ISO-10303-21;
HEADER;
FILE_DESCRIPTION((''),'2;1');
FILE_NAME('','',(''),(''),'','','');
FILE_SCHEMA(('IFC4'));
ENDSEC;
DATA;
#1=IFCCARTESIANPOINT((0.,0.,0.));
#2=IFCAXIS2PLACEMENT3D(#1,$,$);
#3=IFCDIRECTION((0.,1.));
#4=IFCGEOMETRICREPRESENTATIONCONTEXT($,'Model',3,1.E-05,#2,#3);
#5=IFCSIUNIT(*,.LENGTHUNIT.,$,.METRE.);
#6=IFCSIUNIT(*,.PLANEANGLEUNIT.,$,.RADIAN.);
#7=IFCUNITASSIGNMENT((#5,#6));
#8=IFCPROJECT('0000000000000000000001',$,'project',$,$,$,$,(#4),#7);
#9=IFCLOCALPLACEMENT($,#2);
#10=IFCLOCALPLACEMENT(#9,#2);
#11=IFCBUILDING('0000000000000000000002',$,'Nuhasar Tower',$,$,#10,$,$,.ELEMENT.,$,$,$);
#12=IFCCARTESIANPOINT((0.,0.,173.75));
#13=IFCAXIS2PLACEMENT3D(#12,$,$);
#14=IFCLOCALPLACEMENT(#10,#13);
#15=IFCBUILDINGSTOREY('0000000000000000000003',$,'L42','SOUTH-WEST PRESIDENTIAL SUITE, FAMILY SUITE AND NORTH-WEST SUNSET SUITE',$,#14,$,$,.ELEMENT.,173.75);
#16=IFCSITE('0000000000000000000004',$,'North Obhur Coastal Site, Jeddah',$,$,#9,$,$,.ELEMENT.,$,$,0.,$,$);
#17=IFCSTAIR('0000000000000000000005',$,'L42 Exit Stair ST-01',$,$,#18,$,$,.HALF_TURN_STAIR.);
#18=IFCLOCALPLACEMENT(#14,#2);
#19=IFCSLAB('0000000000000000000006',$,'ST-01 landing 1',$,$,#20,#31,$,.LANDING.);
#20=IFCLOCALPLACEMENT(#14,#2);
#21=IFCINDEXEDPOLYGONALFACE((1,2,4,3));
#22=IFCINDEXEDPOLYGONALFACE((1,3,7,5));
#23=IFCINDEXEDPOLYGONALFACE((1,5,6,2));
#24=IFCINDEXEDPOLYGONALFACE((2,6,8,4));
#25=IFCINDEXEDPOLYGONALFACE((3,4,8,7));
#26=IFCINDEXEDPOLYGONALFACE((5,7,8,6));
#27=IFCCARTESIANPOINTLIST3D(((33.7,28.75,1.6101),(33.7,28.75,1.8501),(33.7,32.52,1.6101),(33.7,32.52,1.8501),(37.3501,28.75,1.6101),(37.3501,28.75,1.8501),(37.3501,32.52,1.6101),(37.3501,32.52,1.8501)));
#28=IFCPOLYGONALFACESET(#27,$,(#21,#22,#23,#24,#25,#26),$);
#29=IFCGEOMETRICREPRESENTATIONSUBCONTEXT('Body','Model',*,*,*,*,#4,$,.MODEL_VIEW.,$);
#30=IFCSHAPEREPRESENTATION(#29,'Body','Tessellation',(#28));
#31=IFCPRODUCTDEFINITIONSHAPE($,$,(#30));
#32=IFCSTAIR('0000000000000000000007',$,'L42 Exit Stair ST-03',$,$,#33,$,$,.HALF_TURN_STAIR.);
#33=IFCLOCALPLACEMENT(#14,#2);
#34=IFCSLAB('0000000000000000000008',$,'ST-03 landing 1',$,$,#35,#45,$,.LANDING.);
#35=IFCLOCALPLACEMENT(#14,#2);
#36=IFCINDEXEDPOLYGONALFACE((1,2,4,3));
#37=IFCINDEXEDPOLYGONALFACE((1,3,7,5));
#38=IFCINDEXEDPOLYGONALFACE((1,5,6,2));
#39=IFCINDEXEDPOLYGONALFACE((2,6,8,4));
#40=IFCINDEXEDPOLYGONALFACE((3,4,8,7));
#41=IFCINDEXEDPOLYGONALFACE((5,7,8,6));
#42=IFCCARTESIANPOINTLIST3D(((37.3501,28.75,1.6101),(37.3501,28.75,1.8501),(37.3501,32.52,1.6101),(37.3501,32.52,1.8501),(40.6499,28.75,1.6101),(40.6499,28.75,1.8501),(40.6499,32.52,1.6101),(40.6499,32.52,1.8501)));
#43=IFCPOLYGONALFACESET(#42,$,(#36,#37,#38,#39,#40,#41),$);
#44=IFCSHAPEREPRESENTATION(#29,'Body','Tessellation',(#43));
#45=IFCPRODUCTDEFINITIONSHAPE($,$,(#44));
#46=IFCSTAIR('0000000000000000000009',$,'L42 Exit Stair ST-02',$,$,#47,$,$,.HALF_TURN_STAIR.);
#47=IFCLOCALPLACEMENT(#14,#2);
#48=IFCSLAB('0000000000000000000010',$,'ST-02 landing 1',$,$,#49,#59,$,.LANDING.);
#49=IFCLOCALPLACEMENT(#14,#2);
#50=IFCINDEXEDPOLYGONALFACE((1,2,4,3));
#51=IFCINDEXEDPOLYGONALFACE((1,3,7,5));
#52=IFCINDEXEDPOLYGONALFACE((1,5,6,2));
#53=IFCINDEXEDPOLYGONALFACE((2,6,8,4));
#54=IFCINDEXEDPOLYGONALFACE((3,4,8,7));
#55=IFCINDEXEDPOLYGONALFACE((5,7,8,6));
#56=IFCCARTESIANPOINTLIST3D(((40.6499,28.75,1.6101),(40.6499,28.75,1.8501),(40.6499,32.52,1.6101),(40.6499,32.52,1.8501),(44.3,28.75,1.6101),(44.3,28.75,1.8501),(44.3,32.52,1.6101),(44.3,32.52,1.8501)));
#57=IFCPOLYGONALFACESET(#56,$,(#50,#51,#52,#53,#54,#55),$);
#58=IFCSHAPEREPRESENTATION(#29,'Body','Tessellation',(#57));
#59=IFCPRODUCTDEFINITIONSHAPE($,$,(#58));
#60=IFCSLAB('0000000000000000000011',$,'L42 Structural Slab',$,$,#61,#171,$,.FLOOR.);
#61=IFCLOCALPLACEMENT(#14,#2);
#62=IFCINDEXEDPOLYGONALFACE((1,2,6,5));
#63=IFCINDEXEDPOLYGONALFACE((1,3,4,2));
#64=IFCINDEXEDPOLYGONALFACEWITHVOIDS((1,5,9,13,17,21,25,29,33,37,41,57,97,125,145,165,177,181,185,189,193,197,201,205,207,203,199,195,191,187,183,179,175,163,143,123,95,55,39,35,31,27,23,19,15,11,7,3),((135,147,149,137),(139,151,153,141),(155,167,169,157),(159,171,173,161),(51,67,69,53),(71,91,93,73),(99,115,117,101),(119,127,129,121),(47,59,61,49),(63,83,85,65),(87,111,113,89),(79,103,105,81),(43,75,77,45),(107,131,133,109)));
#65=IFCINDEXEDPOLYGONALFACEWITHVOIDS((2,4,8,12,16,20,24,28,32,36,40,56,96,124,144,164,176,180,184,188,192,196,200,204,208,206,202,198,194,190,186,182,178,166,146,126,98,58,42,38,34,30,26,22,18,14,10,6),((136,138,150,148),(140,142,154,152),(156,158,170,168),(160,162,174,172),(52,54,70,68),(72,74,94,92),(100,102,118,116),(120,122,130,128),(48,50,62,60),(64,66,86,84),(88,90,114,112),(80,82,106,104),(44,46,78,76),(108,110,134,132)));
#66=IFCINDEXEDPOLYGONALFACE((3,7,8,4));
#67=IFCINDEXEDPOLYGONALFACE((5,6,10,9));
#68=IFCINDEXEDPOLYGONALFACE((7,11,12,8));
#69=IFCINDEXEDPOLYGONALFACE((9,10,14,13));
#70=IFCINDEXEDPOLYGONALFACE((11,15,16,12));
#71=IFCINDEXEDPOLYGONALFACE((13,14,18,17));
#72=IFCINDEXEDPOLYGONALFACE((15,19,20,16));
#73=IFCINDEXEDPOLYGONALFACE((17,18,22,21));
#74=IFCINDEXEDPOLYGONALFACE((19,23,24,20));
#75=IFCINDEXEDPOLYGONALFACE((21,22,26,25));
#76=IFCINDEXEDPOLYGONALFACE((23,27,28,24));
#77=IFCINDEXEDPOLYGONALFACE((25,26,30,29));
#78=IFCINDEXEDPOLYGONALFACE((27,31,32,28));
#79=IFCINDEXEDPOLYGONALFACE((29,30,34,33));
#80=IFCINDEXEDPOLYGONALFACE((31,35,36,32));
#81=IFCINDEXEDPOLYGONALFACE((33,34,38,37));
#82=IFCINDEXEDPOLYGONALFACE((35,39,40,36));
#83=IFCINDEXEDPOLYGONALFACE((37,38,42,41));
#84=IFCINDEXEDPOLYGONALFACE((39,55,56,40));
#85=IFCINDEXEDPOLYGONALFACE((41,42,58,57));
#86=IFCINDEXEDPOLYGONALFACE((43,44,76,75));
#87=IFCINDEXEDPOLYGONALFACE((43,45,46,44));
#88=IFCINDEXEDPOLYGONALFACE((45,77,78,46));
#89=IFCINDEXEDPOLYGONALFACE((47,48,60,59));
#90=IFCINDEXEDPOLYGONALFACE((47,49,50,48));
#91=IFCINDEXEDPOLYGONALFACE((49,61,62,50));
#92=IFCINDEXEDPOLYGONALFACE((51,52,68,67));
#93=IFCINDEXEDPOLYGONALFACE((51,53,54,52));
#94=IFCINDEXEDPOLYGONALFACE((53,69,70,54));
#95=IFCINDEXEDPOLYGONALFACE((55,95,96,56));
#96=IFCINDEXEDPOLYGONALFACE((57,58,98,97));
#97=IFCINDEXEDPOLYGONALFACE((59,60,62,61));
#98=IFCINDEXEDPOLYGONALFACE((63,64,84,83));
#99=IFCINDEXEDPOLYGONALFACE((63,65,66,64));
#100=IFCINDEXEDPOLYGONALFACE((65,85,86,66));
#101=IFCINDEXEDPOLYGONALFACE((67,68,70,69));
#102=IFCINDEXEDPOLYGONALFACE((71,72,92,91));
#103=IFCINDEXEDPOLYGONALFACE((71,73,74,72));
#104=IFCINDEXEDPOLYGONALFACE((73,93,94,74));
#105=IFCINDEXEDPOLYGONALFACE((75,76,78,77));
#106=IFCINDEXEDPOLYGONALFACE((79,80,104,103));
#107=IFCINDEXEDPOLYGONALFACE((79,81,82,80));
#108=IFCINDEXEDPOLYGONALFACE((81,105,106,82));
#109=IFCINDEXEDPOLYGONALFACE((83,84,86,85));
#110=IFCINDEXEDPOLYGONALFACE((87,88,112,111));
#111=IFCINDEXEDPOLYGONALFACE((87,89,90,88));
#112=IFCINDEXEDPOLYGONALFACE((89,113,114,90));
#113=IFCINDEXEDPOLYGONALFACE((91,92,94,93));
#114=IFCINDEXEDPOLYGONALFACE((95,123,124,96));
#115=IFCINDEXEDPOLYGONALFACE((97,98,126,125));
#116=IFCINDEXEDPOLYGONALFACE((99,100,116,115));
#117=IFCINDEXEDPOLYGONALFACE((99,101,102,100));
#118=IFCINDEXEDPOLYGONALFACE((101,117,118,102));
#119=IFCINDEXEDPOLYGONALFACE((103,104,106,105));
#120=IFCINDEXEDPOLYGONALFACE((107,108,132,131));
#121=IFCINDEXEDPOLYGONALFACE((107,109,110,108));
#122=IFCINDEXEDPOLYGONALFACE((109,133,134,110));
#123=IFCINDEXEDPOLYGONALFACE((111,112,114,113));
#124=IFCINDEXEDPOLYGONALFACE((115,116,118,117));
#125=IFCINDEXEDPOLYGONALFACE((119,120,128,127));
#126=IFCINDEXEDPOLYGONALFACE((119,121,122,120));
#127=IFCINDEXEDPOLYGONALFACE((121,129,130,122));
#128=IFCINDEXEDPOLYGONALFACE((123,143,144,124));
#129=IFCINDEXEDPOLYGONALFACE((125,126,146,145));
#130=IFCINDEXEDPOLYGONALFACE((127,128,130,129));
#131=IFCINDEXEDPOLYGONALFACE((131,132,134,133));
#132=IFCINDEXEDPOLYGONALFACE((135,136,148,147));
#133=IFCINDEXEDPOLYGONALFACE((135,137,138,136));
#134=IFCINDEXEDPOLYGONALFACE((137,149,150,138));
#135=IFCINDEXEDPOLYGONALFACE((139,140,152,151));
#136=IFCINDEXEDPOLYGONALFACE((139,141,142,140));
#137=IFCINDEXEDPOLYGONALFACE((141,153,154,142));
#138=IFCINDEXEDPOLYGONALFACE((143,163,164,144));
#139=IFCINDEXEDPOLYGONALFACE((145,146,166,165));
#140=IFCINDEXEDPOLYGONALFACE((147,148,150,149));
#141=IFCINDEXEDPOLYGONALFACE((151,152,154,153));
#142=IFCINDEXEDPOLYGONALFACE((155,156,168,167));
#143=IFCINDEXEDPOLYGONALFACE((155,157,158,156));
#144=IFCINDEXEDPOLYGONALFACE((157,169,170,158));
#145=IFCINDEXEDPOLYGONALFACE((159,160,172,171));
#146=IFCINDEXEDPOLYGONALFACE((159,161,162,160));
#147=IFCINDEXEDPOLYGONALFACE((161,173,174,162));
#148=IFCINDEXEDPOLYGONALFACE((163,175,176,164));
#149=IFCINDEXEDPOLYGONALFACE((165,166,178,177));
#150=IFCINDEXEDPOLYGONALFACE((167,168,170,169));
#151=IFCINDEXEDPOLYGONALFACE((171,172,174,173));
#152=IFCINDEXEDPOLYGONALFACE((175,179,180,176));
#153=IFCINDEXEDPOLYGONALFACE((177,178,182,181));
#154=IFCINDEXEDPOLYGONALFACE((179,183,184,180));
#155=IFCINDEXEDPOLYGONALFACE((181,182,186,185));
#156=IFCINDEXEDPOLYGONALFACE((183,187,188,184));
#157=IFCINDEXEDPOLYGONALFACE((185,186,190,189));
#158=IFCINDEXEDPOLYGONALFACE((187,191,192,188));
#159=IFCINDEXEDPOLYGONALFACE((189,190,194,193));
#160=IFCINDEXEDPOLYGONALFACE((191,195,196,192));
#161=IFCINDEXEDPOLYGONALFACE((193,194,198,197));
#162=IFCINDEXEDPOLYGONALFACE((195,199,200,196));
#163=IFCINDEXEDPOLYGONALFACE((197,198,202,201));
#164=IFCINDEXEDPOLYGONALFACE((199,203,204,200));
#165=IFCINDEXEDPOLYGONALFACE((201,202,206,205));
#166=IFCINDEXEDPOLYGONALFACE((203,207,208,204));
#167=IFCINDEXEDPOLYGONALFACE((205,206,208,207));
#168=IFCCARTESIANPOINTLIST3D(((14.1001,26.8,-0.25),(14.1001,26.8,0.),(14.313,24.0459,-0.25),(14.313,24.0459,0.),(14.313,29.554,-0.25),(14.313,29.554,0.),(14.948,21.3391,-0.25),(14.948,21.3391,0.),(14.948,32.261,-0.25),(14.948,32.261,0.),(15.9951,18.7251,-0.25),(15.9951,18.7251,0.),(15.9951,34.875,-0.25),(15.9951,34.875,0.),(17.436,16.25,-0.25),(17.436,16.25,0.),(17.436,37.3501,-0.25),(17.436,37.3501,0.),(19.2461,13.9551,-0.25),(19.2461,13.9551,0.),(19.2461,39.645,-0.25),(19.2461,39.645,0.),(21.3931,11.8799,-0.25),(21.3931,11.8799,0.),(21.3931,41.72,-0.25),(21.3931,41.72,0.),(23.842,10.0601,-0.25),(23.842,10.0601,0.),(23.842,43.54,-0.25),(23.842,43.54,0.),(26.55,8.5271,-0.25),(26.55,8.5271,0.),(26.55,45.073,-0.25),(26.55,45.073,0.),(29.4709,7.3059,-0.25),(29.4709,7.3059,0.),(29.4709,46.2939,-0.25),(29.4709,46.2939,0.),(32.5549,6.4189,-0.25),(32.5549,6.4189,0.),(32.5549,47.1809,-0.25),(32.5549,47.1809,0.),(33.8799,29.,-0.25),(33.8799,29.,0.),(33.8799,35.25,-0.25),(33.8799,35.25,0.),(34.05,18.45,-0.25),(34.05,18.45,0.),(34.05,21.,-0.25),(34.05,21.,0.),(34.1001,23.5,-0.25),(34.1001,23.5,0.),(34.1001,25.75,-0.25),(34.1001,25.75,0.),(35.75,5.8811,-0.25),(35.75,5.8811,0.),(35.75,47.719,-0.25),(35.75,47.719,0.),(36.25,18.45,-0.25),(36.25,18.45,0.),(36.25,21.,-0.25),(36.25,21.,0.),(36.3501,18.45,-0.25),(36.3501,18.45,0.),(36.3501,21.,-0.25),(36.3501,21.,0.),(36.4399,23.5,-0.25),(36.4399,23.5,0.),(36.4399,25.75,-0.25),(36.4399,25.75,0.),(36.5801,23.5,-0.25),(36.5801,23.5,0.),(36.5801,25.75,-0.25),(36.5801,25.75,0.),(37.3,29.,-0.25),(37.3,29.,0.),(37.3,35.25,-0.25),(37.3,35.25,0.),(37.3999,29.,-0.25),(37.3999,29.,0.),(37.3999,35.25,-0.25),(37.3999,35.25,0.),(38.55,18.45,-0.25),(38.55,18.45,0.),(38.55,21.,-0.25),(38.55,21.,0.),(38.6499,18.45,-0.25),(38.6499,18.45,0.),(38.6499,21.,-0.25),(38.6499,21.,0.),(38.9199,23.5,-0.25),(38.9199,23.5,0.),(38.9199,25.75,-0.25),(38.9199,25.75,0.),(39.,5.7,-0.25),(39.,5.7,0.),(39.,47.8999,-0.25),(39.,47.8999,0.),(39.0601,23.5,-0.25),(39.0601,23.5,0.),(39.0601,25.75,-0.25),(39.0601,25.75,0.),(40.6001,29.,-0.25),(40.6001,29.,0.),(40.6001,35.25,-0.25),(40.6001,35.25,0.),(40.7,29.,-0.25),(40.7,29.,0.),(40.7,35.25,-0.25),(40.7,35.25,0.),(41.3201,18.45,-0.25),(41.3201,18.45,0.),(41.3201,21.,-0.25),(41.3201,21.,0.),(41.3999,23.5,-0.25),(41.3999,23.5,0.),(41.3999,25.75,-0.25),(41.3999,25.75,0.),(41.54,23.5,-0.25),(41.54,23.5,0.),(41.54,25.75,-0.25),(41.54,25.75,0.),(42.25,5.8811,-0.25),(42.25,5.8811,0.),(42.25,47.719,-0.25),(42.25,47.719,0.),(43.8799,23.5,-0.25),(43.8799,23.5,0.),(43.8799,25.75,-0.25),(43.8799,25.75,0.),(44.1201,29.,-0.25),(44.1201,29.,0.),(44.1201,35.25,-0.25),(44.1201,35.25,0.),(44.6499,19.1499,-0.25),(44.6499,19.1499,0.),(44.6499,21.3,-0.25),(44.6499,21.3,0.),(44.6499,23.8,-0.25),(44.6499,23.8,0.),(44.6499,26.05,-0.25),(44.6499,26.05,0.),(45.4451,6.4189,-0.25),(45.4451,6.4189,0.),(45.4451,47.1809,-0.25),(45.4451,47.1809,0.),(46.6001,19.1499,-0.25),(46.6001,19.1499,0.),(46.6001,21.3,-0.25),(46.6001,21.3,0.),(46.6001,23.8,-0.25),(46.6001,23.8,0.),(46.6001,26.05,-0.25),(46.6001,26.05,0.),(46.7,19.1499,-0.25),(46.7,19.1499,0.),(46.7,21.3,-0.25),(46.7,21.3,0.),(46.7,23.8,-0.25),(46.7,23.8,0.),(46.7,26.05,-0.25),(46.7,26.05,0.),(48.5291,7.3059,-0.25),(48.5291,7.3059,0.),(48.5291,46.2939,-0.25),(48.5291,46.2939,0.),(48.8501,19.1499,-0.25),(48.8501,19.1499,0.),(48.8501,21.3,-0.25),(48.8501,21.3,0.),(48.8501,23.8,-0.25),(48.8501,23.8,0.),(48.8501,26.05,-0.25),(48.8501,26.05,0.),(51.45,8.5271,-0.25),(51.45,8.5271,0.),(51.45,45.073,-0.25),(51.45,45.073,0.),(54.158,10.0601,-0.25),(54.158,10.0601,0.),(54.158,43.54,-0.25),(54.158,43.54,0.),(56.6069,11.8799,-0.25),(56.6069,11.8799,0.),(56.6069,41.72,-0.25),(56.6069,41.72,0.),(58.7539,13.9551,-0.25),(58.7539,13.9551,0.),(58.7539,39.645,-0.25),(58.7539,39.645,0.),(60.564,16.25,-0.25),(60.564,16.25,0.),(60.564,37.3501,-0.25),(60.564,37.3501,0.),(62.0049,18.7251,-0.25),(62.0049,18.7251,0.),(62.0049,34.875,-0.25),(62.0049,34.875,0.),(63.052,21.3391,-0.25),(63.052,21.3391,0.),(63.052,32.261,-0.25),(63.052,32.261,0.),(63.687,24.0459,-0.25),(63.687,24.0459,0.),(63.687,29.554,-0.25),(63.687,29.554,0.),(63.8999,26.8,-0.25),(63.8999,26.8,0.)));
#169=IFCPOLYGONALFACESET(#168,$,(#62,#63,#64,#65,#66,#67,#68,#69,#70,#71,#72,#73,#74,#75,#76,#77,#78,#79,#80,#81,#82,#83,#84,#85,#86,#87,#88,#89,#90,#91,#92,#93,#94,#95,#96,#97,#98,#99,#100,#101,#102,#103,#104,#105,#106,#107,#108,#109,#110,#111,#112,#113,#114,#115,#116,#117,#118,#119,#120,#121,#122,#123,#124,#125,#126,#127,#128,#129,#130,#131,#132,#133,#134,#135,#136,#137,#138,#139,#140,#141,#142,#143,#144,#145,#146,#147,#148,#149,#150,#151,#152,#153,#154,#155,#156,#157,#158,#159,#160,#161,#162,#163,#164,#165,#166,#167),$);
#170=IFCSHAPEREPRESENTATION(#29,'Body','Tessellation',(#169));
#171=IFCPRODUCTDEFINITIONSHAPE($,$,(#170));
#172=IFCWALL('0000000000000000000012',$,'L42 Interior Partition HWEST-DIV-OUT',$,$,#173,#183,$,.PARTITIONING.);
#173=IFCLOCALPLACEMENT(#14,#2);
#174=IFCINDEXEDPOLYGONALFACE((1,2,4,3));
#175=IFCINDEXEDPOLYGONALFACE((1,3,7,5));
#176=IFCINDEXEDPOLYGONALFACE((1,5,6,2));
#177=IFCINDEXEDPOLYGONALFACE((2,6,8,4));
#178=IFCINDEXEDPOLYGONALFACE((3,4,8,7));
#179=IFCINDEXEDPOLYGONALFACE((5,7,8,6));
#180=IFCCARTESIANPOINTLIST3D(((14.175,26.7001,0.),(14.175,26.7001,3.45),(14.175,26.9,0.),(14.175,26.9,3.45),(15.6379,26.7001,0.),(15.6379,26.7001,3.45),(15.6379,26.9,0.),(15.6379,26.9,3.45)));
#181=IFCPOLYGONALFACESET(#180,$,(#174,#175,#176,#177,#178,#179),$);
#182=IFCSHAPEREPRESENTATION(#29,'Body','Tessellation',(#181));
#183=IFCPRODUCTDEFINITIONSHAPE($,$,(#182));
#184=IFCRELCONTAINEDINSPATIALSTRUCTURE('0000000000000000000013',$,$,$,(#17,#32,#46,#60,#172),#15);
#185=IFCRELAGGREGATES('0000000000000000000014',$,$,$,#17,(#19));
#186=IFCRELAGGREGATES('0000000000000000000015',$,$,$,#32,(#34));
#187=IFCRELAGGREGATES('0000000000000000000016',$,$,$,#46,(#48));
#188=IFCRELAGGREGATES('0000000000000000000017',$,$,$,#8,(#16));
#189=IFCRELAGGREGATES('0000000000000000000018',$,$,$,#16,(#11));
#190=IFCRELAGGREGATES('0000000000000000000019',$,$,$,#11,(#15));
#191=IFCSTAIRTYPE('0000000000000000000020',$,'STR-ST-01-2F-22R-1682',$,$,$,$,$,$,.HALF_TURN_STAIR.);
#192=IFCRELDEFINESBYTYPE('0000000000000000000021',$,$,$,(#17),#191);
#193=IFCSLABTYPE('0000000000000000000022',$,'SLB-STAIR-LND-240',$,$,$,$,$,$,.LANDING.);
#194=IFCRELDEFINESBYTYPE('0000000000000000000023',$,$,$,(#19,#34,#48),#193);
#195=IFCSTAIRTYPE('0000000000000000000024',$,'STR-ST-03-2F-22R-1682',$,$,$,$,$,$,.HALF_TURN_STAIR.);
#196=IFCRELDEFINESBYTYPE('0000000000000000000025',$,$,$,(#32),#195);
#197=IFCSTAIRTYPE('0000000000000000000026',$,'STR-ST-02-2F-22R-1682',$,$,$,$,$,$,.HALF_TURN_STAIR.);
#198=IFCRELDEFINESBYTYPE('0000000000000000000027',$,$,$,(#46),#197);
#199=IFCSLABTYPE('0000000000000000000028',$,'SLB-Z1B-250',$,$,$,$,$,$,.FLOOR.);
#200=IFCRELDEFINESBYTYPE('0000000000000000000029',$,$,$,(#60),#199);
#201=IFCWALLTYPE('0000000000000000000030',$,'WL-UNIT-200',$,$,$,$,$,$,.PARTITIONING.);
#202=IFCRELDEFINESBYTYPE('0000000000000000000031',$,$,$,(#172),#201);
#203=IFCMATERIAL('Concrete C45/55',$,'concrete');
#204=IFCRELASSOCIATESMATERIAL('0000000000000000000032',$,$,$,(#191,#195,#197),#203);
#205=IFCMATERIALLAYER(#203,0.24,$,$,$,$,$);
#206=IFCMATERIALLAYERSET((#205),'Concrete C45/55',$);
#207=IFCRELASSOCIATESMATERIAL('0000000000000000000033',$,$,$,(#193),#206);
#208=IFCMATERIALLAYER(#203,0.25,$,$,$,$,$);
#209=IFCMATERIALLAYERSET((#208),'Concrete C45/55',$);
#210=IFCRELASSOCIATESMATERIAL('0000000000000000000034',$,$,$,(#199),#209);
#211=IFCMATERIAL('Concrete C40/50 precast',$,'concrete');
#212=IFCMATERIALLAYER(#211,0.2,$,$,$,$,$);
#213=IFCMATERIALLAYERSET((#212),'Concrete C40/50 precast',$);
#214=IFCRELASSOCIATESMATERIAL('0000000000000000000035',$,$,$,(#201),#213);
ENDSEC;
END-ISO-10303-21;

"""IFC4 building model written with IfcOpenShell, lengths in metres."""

from ifc_helpers import new_model, si_unit, direction, frame, frame_2d, origin, place, context, subcontext, project, spatial, polyline, rectangle, outline, extrude, material, layer, layer_set, type_object, element, aggregate, save


model = new_model("IFC4")

# Units and contexts
model_context = context("Model", 3, precision=1e-05, world=origin(), true_north=direction((0.0, 1.0)))
body_context = subcontext(model_context, "Body", "Model", "MODEL_VIEW")
ifc_project = project(units=[si_unit("LENGTHUNIT", "METRE"), si_unit("PLANEANGLEUNIT", "RADIAN")], contexts=[model_context])

# Site, building, storey
site_placement = place(None, origin())
site = spatial("IfcSite", under=ifc_project, at=site_placement, Name="North Obhur Coastal Site, Jeddah", CompositionType="ELEMENT", RefElevation=0.0)
building_placement = place(site_placement, origin())
building = spatial("IfcBuilding", under=site, at=building_placement, Name="Nuhasar Tower", CompositionType="ELEMENT")
storey_placement = place(building_placement, frame((0.0, 0.0, 173.75)))
storey = spatial("IfcBuildingStorey", under=building, at=storey_placement, Name="L42", Description="SOUTH-WEST PRESIDENTIAL SUITE, FAMILY SUITE AND NORTH-WEST SUNSET SUITE", CompositionType="ELEMENT", Elevation=173.75)

# Stairs, slabs
ifc_material_1 = material(Name="Concrete C45/55", Category="concrete")
stair_type_1 = type_object("IfcStairType", Name="STR-ST-01-2F-22R-1682", PredefinedType="HALF_TURN_STAIR", material=ifc_material_1)
stair_1_placement = place(storey_placement, origin())
stair_1 = element("IfcStair", 1, at=stair_1_placement, inside=storey, type_object=stair_type_1, Name="L42 Exit Stair ST-01", PredefinedType="HALF_TURN_STAIR")
ifc_layer_1 = layer(ifc_material_1, 0.24)
ifc_layer_set_1 = layer_set([ifc_layer_1], Name="Concrete C45/55")
slab_type_1 = type_object("IfcSlabType", Name="SLB-STAIR-LND-240", PredefinedType="LANDING", material=ifc_layer_set_1)
slab_1_placement = place(storey_placement, frame((0.0, 0.0, 1.6101)))
slab_1 = element("IfcSlab", 2, at=slab_1_placement, type_object=slab_type_1, Name="ST-01 landing 1", PredefinedType="LANDING", context=body_context, shape_type="SweptSolid", body=[
    extrude(outline(polyline([(33.7, 28.75), (37.3501, 28.75), (37.3501, 32.52), (33.7, 32.52), (33.7, 28.75)])), origin(), (0.0, 0.0, 1.0), 0.24),
])
aggregate(stair_1, [slab_1])
stair_type_2 = type_object("IfcStairType", Name="STR-ST-03-2F-22R-1682", PredefinedType="HALF_TURN_STAIR", material=ifc_material_1)
stair_2_placement = place(storey_placement, origin())
stair_2 = element("IfcStair", 3, at=stair_2_placement, inside=storey, type_object=stair_type_2, Name="L42 Exit Stair ST-03", PredefinedType="HALF_TURN_STAIR")
slab_2_placement = place(storey_placement, frame((0.0, 0.0, 1.6101)))
slab_2 = element("IfcSlab", 4, at=slab_2_placement, type_object=slab_type_1, Name="ST-03 landing 1", PredefinedType="LANDING", context=body_context, shape_type="SweptSolid", body=[
    extrude(outline(polyline([(37.3501, 28.75), (40.6499, 28.75), (40.6499, 32.52), (37.3501, 32.52), (37.3501, 28.75)])), origin(), (0.0, 0.0, 1.0), 0.24),
])
aggregate(stair_2, [slab_2])
stair_type_3 = type_object("IfcStairType", Name="STR-ST-02-2F-22R-1682", PredefinedType="HALF_TURN_STAIR", material=ifc_material_1)
stair_3_placement = place(storey_placement, origin())
stair_3 = element("IfcStair", 5, at=stair_3_placement, inside=storey, type_object=stair_type_3, Name="L42 Exit Stair ST-02", PredefinedType="HALF_TURN_STAIR")
slab_3_placement = place(storey_placement, frame((0.0, 0.0, 1.6101)))
slab_3 = element("IfcSlab", 6, at=slab_3_placement, type_object=slab_type_1, Name="ST-02 landing 1", PredefinedType="LANDING", context=body_context, shape_type="SweptSolid", body=[
    extrude(outline(polyline([(40.6499, 28.75), (44.3, 28.75), (44.3, 32.52), (40.6499, 32.52), (40.6499, 28.75)])), origin(), (0.0, 0.0, 1.0), 0.24),
])
aggregate(stair_3, [slab_3])

# Slab
ifc_layer_2 = layer(ifc_material_1, 0.25)
ifc_layer_set_2 = layer_set([ifc_layer_2], Name="Concrete C45/55")
slab_type_2 = type_object("IfcSlabType", Name="SLB-Z1B-250", PredefinedType="FLOOR", material=ifc_layer_set_2)
slab_4_placement = place(storey_placement, frame((0.0, 0.0, -0.25)))
element("IfcSlab", 7, at=slab_4_placement, inside=storey, type_object=slab_type_2, Name="L42 Structural Slab", PredefinedType="FLOOR", context=body_context, shape_type="SweptSolid", body=[
    extrude(outline(polyline([(63.8999, 26.8), (63.687, 29.554), (63.052, 32.261), (62.0049, 34.875), (60.564, 37.3501), (58.7539, 39.645), (56.6069, 41.72), (54.158, 43.54), (51.45, 45.073), (48.5291, 46.2939), (45.4451, 47.1809), (42.25, 47.719), (39.0, 47.8999), (35.75, 47.719), (32.5549, 47.1809), (29.4709, 46.2939), (26.55, 45.073), (23.842, 43.54), (21.3931, 41.72), (19.2461, 39.645), (17.436, 37.3501), (15.9951, 34.875), (14.948, 32.261), (14.313, 29.554), (14.1001, 26.8), (14.313, 24.0459), (14.948, 21.3391), (15.9951, 18.7251), (17.436, 16.25), (19.2461, 13.9551), (21.3931, 11.8799), (23.842, 10.0601), (26.55, 8.5271), (29.4709, 7.3059), (32.5549, 6.4189), (35.75, 5.8811), (39.0, 5.7), (42.25, 5.8811), (45.4451, 6.4189), (48.5291, 7.3059), (51.45, 8.5271), (54.158, 10.0601), (56.6069, 11.8799), (58.7539, 13.9551), (60.564, 16.25), (62.0049, 18.7251), (63.052, 21.3391), (63.687, 24.0459), (63.8999, 26.8)]), holes=[polyline([(33.8799, 35.25), (37.3, 35.25), (37.3, 29.0), (33.8799, 29.0), (33.8799, 35.25)]), polyline([(37.3999, 35.25), (40.6001, 35.25), (40.6001, 29.0), (37.3999, 29.0), (37.3999, 35.25)]), polyline([(40.7, 35.25), (44.1201, 35.25), (44.1201, 29.0), (40.7, 29.0), (40.7, 35.25)]), polyline([(44.6499, 26.05), (46.6001, 26.05), (46.6001, 23.8), (44.6499, 23.8), (44.6499, 26.05)]), polyline([(46.7, 26.05), (48.8501, 26.05), (48.8501, 23.8), (46.7, 23.8), (46.7, 26.05)]), polyline([(44.6499, 21.3), (46.6001, 21.3), (46.6001, 19.1499), (44.6499, 19.1499), (44.6499, 21.3)]), polyline([(46.7, 21.3), (48.8501, 21.3), (48.8501, 19.1499), (46.7, 19.1499), (46.7, 21.3)]), polyline([(34.1001, 25.75), (36.4399, 25.75), (36.4399, 23.5), (34.1001, 23.5), (34.1001, 25.75)]), polyline([(36.5801, 25.75), (38.9199, 25.75), (38.9199, 23.5), (36.5801, 23.5), (36.5801, 25.75)]), polyline([(39.0601, 25.75), (41.3999, 25.75), (41.3999, 23.5), (39.0601, 23.5), (39.0601, 25.75)]), polyline([(41.54, 25.75), (43.8799, 25.75), (43.8799, 23.5), (41.54, 23.5), (41.54, 25.75)]), polyline([(34.05, 21.0), (36.25, 21.0), (36.25, 18.45), (34.05, 18.45), (34.05, 21.0)]), polyline([(36.3501, 21.0), (38.55, 21.0), (38.55, 18.45), (36.3501, 18.45), (36.3501, 21.0)]), polyline([(38.6499, 21.0), (41.3201, 21.0), (41.3201, 18.45), (38.6499, 18.45), (38.6499, 21.0)])]), origin(), (0.0, 0.0, 1.0), 0.25),
])

# Wall
ifc_material_2 = material(Name="Concrete C40/50 precast", Category="concrete")
ifc_layer_3 = layer(ifc_material_2, 0.2)
ifc_layer_set_3 = layer_set([ifc_layer_3], Name="Concrete C40/50 precast")
wall_type = type_object("IfcWallType", Name="WL-UNIT-200", PredefinedType="PARTITIONING", material=ifc_layer_set_3)
wall_placement = place(storey_placement, frame((15.6379, 26.8, 0.0), z_axis=(0.0, 0.0, 1.0), x_axis=(-1.0, 0.0, 0.0)))
element("IfcWall", 8, at=wall_placement, inside=storey, type_object=wall_type, Name="L42 Interior Partition HWEST-DIV-OUT", PredefinedType="PARTITIONING", context=body_context, shape_type="SweptSolid", body=[
    extrude(rectangle(XDim=1.4629, YDim=0.2, at=frame_2d((0.7314, 0.0))), origin(), (0.0, 0.0, 1.0), 3.45),
])

save(model, "model.ifc")
